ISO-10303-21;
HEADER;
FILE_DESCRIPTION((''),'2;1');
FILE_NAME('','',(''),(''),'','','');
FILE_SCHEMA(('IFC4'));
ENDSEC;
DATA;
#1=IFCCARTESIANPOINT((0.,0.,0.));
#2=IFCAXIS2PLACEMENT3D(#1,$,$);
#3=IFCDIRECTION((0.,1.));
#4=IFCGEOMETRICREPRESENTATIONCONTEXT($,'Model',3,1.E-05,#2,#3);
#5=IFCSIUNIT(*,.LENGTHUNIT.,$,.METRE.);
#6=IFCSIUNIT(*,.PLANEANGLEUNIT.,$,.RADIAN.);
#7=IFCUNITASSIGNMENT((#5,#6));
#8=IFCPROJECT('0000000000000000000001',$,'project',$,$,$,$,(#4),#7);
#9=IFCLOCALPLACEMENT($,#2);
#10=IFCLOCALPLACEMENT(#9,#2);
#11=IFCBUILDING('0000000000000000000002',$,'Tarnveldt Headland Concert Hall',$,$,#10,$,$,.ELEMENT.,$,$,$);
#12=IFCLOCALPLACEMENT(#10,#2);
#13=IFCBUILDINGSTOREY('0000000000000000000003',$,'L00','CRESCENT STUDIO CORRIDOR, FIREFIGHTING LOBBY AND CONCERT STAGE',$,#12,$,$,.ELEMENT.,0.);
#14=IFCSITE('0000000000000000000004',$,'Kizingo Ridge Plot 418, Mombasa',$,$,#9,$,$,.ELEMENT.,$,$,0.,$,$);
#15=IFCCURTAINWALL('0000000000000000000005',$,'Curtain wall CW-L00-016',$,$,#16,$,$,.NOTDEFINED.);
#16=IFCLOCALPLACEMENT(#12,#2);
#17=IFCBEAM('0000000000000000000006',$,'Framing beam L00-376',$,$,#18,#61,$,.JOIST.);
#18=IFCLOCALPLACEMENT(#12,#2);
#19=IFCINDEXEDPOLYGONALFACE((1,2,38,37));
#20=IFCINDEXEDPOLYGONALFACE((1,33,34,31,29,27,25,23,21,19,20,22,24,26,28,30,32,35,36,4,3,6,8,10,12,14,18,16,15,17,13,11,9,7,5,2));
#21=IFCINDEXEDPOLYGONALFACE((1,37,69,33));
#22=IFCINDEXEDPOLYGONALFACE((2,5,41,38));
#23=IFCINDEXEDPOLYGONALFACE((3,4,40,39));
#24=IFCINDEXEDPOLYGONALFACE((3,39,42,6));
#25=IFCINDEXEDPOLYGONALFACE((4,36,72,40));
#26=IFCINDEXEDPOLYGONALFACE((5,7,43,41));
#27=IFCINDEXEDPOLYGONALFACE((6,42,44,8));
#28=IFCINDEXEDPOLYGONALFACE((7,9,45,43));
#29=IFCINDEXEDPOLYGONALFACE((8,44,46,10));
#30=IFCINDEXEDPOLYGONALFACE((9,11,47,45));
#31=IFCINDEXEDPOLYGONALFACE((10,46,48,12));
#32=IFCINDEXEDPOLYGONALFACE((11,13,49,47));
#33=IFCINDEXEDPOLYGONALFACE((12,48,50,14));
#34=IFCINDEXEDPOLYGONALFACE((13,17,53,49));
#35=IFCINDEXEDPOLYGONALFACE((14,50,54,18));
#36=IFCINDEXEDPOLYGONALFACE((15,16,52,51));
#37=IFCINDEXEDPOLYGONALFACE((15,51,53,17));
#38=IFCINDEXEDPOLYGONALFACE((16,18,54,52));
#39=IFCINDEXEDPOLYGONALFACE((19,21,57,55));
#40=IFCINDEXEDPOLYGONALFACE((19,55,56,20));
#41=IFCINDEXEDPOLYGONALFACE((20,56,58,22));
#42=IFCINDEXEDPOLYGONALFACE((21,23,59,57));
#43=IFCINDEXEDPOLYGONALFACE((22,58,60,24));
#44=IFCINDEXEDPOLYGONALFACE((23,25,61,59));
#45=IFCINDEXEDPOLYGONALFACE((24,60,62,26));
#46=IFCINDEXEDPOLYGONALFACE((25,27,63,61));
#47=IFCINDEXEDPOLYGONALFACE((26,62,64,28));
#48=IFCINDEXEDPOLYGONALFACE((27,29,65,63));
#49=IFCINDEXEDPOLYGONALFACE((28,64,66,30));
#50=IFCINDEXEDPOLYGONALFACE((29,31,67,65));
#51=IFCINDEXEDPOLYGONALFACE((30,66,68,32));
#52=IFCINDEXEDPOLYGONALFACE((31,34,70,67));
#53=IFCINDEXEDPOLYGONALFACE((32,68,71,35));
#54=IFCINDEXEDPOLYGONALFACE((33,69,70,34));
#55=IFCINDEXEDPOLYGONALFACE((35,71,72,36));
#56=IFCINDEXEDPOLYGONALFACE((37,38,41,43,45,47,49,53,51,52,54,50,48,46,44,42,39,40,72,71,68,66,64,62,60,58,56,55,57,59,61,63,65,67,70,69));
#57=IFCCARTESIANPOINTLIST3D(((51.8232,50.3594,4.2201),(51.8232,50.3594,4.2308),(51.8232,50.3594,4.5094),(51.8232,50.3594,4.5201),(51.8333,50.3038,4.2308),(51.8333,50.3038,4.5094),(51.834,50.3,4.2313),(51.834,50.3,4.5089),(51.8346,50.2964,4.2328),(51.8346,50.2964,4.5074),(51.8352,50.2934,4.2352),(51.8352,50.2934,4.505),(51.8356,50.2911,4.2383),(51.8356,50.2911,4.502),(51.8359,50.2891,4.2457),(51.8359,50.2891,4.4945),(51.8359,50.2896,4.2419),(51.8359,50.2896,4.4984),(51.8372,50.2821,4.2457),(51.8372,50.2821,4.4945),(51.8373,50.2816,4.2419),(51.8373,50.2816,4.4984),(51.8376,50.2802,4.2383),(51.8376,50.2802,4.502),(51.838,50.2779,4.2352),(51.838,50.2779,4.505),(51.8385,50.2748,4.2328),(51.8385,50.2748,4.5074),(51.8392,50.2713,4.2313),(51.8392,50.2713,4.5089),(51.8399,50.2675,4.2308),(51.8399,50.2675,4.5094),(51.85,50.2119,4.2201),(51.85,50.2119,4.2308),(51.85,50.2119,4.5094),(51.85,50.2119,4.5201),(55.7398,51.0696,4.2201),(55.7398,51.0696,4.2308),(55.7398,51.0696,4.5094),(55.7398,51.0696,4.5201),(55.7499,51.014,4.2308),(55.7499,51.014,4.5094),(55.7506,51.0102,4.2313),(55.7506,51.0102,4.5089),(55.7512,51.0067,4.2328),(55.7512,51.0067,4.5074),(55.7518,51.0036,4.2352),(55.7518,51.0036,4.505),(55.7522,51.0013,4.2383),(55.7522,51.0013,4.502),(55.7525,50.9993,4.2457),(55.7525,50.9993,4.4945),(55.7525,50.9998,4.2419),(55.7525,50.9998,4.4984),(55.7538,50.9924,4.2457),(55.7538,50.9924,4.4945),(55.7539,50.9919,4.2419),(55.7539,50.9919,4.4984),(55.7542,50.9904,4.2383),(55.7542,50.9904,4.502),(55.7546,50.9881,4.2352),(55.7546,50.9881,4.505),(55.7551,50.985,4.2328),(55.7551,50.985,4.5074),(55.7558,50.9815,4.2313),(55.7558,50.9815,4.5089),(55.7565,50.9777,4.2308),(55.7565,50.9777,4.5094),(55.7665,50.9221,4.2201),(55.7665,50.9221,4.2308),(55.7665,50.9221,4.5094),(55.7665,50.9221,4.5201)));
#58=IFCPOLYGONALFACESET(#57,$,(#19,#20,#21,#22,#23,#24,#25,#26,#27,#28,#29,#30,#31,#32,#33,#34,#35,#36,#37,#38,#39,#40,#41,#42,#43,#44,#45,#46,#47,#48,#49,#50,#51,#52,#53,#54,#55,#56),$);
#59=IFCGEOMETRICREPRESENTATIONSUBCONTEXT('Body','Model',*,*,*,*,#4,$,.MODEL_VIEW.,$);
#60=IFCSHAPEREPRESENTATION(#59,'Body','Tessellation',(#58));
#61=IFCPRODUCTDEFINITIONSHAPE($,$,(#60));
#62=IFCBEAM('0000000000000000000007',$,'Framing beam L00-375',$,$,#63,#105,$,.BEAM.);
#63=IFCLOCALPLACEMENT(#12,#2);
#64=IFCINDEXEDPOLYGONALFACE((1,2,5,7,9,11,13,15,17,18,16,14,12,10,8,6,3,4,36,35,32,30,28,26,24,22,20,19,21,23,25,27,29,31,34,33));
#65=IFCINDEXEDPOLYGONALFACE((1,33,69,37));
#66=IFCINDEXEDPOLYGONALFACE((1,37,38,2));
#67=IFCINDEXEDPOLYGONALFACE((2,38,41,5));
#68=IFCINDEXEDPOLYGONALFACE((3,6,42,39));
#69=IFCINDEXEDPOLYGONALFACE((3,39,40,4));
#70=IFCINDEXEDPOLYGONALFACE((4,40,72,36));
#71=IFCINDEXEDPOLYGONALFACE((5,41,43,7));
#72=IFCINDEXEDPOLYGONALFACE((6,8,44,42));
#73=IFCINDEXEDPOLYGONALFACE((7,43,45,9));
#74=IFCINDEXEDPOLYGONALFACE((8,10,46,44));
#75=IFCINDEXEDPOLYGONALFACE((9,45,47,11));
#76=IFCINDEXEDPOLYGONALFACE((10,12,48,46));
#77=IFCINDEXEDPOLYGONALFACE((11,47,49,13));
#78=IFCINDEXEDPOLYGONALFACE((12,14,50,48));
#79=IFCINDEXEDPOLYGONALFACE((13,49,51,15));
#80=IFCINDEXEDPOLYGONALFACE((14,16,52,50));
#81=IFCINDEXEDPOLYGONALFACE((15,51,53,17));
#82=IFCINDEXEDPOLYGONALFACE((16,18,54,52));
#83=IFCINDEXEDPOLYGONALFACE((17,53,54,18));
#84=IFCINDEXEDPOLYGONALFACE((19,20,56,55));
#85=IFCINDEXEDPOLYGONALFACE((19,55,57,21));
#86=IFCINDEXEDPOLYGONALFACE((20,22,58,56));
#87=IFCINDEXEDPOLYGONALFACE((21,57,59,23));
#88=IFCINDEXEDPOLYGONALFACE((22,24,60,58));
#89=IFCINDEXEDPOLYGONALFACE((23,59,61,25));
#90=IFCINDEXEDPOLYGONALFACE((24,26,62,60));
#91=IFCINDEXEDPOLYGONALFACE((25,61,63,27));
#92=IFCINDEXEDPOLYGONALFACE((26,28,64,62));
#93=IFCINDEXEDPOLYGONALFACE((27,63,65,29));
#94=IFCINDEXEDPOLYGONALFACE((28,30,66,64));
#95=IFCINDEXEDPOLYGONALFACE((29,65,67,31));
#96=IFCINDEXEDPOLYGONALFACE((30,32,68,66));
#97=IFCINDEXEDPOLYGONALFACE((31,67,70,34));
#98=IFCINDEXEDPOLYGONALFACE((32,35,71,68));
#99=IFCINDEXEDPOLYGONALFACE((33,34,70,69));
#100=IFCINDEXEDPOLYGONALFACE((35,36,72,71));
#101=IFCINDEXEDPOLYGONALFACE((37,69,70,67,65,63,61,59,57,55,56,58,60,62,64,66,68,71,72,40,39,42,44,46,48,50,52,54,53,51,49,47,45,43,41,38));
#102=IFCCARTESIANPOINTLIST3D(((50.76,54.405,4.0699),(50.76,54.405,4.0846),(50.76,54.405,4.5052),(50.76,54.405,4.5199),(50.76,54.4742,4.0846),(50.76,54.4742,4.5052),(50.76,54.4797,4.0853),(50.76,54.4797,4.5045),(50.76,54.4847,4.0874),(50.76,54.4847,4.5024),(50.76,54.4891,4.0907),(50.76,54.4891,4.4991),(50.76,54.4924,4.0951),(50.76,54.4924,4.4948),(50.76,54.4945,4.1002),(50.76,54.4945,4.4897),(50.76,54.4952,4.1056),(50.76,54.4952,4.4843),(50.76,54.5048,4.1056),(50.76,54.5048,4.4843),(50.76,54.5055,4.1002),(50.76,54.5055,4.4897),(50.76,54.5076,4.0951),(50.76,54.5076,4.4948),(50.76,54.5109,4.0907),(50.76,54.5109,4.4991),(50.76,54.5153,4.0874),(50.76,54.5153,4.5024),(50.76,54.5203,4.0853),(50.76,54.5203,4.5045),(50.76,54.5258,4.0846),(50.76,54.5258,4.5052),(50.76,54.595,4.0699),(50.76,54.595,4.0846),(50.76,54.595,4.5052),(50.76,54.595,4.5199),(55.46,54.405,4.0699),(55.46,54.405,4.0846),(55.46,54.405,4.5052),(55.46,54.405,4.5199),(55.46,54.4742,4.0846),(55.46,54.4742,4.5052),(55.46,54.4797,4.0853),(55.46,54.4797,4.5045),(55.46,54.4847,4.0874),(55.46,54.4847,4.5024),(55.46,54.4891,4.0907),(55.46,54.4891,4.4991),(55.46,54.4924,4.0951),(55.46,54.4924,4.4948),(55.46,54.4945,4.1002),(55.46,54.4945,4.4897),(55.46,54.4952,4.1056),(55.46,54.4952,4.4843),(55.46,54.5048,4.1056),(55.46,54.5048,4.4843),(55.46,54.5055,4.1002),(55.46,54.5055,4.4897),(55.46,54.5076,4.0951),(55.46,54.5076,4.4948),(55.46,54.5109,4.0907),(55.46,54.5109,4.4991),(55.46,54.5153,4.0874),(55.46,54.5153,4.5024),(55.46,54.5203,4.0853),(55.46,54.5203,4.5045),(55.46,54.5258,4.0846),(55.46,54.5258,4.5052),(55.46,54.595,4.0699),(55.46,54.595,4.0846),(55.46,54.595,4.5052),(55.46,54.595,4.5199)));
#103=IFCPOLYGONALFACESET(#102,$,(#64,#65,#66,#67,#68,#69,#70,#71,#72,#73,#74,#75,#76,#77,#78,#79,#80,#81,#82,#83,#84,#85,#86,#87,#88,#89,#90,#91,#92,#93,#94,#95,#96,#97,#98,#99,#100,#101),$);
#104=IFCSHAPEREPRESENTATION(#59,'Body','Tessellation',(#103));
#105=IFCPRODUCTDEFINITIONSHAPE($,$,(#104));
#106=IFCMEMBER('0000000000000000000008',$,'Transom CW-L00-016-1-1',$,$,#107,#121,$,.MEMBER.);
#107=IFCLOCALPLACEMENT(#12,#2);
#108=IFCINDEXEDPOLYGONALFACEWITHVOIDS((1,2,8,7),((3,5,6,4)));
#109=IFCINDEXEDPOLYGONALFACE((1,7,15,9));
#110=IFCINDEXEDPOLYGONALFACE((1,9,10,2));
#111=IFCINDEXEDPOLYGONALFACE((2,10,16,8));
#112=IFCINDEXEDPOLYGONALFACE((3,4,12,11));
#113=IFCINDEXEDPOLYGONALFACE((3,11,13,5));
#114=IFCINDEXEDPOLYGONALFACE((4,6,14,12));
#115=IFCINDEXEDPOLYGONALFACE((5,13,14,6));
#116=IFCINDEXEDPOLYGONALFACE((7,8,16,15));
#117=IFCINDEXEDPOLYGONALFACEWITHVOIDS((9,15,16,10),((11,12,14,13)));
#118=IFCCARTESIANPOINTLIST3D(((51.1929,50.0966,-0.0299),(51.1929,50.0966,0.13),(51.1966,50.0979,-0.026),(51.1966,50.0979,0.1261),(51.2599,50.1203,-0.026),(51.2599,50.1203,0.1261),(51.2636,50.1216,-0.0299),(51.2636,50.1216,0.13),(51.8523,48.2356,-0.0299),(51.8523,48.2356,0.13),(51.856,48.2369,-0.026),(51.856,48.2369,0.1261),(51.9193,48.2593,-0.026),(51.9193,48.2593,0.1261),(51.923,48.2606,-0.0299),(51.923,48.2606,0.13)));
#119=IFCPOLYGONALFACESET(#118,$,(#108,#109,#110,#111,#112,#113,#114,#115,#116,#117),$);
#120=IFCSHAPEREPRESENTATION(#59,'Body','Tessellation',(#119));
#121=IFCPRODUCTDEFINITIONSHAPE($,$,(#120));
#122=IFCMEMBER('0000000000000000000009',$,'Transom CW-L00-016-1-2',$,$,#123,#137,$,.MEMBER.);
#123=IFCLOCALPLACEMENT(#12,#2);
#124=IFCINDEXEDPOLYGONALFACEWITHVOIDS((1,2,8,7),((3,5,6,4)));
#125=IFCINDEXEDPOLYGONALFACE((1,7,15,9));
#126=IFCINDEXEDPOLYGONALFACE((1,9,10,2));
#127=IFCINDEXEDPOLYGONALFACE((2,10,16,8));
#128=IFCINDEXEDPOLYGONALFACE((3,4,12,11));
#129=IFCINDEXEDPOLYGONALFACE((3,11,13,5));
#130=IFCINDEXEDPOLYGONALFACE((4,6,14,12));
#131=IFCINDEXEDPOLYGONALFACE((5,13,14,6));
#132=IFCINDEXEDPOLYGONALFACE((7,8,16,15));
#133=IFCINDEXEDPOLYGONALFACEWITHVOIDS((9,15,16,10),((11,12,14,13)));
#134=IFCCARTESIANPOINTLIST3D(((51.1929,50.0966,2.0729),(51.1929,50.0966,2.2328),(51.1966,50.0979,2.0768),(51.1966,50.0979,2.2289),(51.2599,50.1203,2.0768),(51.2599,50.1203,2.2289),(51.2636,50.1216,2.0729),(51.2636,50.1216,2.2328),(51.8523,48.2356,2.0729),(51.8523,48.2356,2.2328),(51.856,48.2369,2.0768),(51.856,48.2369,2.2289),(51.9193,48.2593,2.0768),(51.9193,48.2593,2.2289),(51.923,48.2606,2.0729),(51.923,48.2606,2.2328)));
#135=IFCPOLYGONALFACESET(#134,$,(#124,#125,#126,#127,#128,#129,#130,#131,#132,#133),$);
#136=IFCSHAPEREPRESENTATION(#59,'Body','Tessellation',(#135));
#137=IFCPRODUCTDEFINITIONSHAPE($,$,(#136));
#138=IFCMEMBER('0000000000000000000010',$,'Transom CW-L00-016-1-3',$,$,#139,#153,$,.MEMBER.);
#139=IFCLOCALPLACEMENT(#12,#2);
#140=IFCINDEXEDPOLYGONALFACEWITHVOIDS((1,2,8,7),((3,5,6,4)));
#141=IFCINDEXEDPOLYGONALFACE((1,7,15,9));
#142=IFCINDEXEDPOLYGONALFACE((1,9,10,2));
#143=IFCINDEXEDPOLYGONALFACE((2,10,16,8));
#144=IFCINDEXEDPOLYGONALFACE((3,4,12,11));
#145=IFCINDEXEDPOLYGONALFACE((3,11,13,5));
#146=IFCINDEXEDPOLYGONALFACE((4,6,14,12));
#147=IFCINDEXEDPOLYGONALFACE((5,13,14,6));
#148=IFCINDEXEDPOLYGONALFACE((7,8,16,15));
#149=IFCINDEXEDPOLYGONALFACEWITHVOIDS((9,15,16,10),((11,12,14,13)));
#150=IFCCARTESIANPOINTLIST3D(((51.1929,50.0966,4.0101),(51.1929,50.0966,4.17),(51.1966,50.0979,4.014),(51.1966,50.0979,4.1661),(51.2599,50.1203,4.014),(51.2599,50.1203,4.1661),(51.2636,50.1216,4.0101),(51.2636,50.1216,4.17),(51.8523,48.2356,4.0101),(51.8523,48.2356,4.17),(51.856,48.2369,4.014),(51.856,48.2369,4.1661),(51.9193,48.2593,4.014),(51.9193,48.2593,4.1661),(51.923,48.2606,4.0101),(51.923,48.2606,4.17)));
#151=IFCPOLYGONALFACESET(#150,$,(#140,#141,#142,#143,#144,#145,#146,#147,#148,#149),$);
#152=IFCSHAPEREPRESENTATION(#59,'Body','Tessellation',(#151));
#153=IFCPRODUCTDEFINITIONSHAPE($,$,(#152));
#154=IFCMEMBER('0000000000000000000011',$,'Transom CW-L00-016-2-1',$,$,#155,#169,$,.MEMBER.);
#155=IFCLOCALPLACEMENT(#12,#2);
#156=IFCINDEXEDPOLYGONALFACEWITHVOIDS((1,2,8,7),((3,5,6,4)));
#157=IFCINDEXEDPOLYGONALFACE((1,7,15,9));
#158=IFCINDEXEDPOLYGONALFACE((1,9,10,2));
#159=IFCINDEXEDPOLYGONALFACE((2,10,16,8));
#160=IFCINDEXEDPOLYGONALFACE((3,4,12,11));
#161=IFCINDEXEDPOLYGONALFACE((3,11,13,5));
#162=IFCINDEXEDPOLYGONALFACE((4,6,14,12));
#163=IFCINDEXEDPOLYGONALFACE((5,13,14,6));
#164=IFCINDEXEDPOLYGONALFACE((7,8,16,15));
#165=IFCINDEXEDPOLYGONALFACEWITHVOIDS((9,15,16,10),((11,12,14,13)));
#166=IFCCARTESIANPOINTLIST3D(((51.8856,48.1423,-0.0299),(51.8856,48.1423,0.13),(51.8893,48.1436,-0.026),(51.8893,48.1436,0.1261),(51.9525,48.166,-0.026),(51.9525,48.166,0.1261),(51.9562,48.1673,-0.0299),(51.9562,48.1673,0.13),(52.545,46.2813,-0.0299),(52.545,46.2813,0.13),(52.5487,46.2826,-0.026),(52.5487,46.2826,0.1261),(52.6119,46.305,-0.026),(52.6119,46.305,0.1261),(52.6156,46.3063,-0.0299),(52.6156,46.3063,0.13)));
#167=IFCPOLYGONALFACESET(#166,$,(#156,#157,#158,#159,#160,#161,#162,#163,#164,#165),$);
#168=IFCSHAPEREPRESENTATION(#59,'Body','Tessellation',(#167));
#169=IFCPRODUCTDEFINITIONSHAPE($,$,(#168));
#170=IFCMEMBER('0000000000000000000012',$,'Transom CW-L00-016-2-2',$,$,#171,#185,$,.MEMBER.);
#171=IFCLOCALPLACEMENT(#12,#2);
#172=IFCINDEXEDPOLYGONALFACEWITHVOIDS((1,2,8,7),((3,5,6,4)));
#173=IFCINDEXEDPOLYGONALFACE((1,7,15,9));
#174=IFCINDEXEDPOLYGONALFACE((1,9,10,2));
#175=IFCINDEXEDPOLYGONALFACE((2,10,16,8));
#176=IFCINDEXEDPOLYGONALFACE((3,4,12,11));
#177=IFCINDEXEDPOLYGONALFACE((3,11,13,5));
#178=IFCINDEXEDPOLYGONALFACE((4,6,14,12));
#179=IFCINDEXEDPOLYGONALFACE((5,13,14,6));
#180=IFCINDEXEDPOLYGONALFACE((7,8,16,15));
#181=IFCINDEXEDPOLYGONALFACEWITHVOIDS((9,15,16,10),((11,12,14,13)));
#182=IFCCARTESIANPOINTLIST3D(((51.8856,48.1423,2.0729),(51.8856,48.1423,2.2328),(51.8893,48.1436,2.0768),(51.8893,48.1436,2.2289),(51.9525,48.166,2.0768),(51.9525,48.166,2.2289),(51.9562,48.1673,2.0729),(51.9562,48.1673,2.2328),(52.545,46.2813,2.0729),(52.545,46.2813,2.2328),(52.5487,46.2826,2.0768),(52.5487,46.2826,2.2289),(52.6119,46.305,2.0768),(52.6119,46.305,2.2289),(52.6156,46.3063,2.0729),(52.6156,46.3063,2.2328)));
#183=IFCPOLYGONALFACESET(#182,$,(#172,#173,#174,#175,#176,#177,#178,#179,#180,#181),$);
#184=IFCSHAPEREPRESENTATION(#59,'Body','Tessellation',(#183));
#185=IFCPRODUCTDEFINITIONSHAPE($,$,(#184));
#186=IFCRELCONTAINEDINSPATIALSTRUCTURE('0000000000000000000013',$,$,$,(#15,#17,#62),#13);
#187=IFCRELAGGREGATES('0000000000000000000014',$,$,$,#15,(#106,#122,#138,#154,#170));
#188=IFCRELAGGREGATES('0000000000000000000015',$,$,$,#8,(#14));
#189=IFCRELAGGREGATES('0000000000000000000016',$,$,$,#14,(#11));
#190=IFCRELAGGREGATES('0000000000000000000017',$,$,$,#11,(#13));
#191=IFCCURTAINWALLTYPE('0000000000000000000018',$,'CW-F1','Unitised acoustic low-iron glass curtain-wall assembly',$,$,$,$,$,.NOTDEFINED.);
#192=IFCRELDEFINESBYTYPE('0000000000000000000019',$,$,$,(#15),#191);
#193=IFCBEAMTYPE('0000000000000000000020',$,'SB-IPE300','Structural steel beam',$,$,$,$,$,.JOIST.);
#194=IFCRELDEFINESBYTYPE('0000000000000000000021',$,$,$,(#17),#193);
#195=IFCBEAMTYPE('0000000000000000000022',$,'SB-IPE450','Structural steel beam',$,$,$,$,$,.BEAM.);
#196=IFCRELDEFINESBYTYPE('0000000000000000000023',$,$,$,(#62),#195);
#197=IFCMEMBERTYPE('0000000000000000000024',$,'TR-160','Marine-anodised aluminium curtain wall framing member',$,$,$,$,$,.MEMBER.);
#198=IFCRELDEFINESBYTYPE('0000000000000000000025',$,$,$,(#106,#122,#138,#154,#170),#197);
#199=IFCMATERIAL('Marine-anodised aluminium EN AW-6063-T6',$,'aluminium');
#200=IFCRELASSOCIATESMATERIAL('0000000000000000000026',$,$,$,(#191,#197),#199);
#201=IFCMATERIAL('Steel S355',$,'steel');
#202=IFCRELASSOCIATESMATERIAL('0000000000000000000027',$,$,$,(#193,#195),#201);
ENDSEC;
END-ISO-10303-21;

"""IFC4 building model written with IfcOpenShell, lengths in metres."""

from ifc_helpers import new_model, si_unit, direction, frame, origin, origin_2d, place, context, subcontext, project, spatial, hollow_rectangle, i_section, extrude, material, material_profile, profile_set, type_object, element, aggregate, save


model = new_model("IFC4")

# Units and contexts
model_context = context("Model", 3, precision=1e-05, world=origin(), true_north=direction((0.0, 1.0)))
body_context = subcontext(model_context, "Body", "Model", "MODEL_VIEW")
ifc_project = project(units=[si_unit("LENGTHUNIT", "METRE"), si_unit("PLANEANGLEUNIT", "RADIAN")], contexts=[model_context])

# Site, building, storey
site_placement = place(None, origin())
site = spatial("IfcSite", under=ifc_project, at=site_placement, Name="Kizingo Ridge Plot 418, Mombasa", CompositionType="ELEMENT", RefElevation=0.0)
building_placement = place(site_placement, origin())
building = spatial("IfcBuilding", under=site, at=building_placement, Name="Tarnveldt Headland Concert Hall", CompositionType="ELEMENT")
storey_placement = place(building_placement, origin())
storey = spatial("IfcBuildingStorey", under=building, at=storey_placement, Name="L00", Description="CRESCENT STUDIO CORRIDOR, FIREFIGHTING LOBBY AND CONCERT STAGE", CompositionType="ELEMENT", Elevation=0.0)

# Shared definitions
ifc_material_1 = material(Name="Steel S355", Category="steel")

# Curtain wall
ifc_material_2 = material(Name="Marine-anodised aluminium EN AW-6063-T6", Category="aluminium")
curtain_wall_type = type_object("IfcCurtainWallType", Name="CW-F1", Description="Unitised acoustic low-iron glass curtain-wall assembly", PredefinedType="NOTDEFINED", material=ifc_material_2)
curtain_wall_1_placement = place(storey_placement, origin())
curtain_wall_1 = element("IfcCurtainWall", 1, at=curtain_wall_1_placement, inside=storey, type_object=curtain_wall_type, Name="Curtain wall CW-L00-016", PredefinedType="NOTDEFINED")

# Beams
ifc_material_profile_1 = material_profile(ifc_material_1, i_section(OverallWidth=0.1499, OverallDepth=0.3, WebThickness=0.0071, FlangeThickness=0.0107, FilletRadius=0.0149, at=origin_2d()), Name="IPE300", Category="steel")
ifc_profile_set_1 = profile_set([ifc_material_profile_1], Name="Steel S355")
beam_type_1 = type_object("IfcBeamType", Name="SB-IPE300", Description="Structural steel beam", PredefinedType="JOIST", material=ifc_profile_set_1)
beam_1_placement = place(storey_placement, frame((55.7532, 50.9958, 4.3701), z_axis=(-0.983953, -0.178427, 0.0), x_axis=(0.178427, -0.983953, 0.0)))
element("IfcBeam", 2, at=beam_1_placement, inside=storey, type_object=beam_type_1, Name="Framing beam L00-376", PredefinedType="JOIST", context=body_context, shape_type="SweptSolid", body=[
    extrude(i_section(OverallWidth=0.1499, OverallDepth=0.3, WebThickness=0.0071, FlangeThickness=0.0107, FilletRadius=0.0149, at=origin_2d()), origin(), (0.0, 0.0, 1.0), 3.9805),
])
ifc_material_profile_2 = material_profile(ifc_material_1, i_section(OverallWidth=0.1899, OverallDepth=0.45, WebThickness=0.0095, FlangeThickness=0.0146, FilletRadius=0.021, at=origin_2d()), Name="IPE450", Category="steel")
ifc_profile_set_2 = profile_set([ifc_material_profile_2], Name="Steel S355")
beam_type_2 = type_object("IfcBeamType", Name="SB-IPE450", Description="Structural steel beam", PredefinedType="BEAM", material=ifc_profile_set_2)
beam_2_placement = place(storey_placement, frame((55.46, 54.5, 4.2949), z_axis=(-1.0, 0.0, 0.0), x_axis=(0.0, -1.0, 0.0)))
element("IfcBeam", 3, at=beam_2_placement, inside=storey, type_object=beam_type_2, Name="Framing beam L00-375", PredefinedType="BEAM", context=body_context, shape_type="SweptSolid", body=[
    extrude(i_section(OverallWidth=0.1899, OverallDepth=0.45, WebThickness=0.0095, FlangeThickness=0.0146, FilletRadius=0.021, at=origin_2d()), origin(), (0.0, 0.0, 1.0), 4.7),
])

# Members
ifc_material_profile_3 = material_profile(ifc_material_2, hollow_rectangle(XDim=0.075, YDim=0.1599, WallThickness=0.0039, at=origin_2d()), Name="ALU TRANSOM 75x160x4", Category="aluminium")
ifc_profile_set_3 = profile_set([ifc_material_profile_3], Name="Marine-anodised aluminium EN AW-6063-T6")
member_type_1 = type_object("IfcMemberType", Name="TR-160", Description="Marine-anodised aluminium curtain wall framing member", PredefinedType="MEMBER", material=ifc_profile_set_3)
member_1_placement = place(storey_placement, frame((51.2283, 50.1091, 0.05), z_axis=(0.333978, -0.942581, 0.0), x_axis=(0.942581, 0.333978, 0.0)))
member_1 = element("IfcMember", 4, at=member_1_placement, type_object=member_type_1, Name="Transom CW-L00-016-1-1", PredefinedType="MEMBER", context=body_context, shape_type="SweptSolid", body=[
    extrude(hollow_rectangle(XDim=0.075, YDim=0.1599, WallThickness=0.0039, at=origin_2d()), origin(), (0.0, 0.0, 1.0), 1.9744),
])
member_2_placement = place(storey_placement, frame((51.2283, 50.1091, 2.1528), z_axis=(0.333978, -0.942581, 0.0), x_axis=(0.942581, 0.333978, 0.0)))
member_2 = element("IfcMember", 5, at=member_2_placement, type_object=member_type_1, Name="Transom CW-L00-016-1-2", PredefinedType="MEMBER", context=body_context, shape_type="SweptSolid", body=[
    extrude(hollow_rectangle(XDim=0.075, YDim=0.1599, WallThickness=0.0039, at=origin_2d()), origin(), (0.0, 0.0, 1.0), 1.9744),
])
member_3_placement = place(storey_placement, frame((51.2283, 50.1091, 4.0901), z_axis=(0.333978, -0.942581, 0.0), x_axis=(0.942581, 0.333978, 0.0)))
member_3 = element("IfcMember", 6, at=member_3_placement, type_object=member_type_1, Name="Transom CW-L00-016-1-3", PredefinedType="MEMBER", context=body_context, shape_type="SweptSolid", body=[
    extrude(hollow_rectangle(XDim=0.075, YDim=0.1599, WallThickness=0.0039, at=origin_2d()), origin(), (0.0, 0.0, 1.0), 1.9744),
])
member_4_placement = place(storey_placement, frame((51.9209, 48.1548, 0.05), z_axis=(0.333978, -0.942581, 0.0), x_axis=(0.942581, 0.333978, 0.0)))
member_4 = element("IfcMember", 7, at=member_4_placement, type_object=member_type_1, Name="Transom CW-L00-016-2-1", PredefinedType="MEMBER", context=body_context, shape_type="SweptSolid", body=[
    extrude(hollow_rectangle(XDim=0.075, YDim=0.1599, WallThickness=0.0039, at=origin_2d()), origin(), (0.0, 0.0, 1.0), 1.9744),
])
member_5_placement = place(storey_placement, frame((51.9209, 48.1548, 2.1528), z_axis=(0.333978, -0.942581, 0.0), x_axis=(0.942581, 0.333978, 0.0)))
member_5 = element("IfcMember", 8, at=member_5_placement, type_object=member_type_1, Name="Transom CW-L00-016-2-2", PredefinedType="MEMBER", context=body_context, shape_type="SweptSolid", body=[
    extrude(hollow_rectangle(XDim=0.075, YDim=0.1599, WallThickness=0.0039, at=origin_2d()), origin(), (0.0, 0.0, 1.0), 1.9744),
])

aggregate(curtain_wall_1, [member_1, member_2, member_3, member_4, member_5])

save(model, "model.ifc")
